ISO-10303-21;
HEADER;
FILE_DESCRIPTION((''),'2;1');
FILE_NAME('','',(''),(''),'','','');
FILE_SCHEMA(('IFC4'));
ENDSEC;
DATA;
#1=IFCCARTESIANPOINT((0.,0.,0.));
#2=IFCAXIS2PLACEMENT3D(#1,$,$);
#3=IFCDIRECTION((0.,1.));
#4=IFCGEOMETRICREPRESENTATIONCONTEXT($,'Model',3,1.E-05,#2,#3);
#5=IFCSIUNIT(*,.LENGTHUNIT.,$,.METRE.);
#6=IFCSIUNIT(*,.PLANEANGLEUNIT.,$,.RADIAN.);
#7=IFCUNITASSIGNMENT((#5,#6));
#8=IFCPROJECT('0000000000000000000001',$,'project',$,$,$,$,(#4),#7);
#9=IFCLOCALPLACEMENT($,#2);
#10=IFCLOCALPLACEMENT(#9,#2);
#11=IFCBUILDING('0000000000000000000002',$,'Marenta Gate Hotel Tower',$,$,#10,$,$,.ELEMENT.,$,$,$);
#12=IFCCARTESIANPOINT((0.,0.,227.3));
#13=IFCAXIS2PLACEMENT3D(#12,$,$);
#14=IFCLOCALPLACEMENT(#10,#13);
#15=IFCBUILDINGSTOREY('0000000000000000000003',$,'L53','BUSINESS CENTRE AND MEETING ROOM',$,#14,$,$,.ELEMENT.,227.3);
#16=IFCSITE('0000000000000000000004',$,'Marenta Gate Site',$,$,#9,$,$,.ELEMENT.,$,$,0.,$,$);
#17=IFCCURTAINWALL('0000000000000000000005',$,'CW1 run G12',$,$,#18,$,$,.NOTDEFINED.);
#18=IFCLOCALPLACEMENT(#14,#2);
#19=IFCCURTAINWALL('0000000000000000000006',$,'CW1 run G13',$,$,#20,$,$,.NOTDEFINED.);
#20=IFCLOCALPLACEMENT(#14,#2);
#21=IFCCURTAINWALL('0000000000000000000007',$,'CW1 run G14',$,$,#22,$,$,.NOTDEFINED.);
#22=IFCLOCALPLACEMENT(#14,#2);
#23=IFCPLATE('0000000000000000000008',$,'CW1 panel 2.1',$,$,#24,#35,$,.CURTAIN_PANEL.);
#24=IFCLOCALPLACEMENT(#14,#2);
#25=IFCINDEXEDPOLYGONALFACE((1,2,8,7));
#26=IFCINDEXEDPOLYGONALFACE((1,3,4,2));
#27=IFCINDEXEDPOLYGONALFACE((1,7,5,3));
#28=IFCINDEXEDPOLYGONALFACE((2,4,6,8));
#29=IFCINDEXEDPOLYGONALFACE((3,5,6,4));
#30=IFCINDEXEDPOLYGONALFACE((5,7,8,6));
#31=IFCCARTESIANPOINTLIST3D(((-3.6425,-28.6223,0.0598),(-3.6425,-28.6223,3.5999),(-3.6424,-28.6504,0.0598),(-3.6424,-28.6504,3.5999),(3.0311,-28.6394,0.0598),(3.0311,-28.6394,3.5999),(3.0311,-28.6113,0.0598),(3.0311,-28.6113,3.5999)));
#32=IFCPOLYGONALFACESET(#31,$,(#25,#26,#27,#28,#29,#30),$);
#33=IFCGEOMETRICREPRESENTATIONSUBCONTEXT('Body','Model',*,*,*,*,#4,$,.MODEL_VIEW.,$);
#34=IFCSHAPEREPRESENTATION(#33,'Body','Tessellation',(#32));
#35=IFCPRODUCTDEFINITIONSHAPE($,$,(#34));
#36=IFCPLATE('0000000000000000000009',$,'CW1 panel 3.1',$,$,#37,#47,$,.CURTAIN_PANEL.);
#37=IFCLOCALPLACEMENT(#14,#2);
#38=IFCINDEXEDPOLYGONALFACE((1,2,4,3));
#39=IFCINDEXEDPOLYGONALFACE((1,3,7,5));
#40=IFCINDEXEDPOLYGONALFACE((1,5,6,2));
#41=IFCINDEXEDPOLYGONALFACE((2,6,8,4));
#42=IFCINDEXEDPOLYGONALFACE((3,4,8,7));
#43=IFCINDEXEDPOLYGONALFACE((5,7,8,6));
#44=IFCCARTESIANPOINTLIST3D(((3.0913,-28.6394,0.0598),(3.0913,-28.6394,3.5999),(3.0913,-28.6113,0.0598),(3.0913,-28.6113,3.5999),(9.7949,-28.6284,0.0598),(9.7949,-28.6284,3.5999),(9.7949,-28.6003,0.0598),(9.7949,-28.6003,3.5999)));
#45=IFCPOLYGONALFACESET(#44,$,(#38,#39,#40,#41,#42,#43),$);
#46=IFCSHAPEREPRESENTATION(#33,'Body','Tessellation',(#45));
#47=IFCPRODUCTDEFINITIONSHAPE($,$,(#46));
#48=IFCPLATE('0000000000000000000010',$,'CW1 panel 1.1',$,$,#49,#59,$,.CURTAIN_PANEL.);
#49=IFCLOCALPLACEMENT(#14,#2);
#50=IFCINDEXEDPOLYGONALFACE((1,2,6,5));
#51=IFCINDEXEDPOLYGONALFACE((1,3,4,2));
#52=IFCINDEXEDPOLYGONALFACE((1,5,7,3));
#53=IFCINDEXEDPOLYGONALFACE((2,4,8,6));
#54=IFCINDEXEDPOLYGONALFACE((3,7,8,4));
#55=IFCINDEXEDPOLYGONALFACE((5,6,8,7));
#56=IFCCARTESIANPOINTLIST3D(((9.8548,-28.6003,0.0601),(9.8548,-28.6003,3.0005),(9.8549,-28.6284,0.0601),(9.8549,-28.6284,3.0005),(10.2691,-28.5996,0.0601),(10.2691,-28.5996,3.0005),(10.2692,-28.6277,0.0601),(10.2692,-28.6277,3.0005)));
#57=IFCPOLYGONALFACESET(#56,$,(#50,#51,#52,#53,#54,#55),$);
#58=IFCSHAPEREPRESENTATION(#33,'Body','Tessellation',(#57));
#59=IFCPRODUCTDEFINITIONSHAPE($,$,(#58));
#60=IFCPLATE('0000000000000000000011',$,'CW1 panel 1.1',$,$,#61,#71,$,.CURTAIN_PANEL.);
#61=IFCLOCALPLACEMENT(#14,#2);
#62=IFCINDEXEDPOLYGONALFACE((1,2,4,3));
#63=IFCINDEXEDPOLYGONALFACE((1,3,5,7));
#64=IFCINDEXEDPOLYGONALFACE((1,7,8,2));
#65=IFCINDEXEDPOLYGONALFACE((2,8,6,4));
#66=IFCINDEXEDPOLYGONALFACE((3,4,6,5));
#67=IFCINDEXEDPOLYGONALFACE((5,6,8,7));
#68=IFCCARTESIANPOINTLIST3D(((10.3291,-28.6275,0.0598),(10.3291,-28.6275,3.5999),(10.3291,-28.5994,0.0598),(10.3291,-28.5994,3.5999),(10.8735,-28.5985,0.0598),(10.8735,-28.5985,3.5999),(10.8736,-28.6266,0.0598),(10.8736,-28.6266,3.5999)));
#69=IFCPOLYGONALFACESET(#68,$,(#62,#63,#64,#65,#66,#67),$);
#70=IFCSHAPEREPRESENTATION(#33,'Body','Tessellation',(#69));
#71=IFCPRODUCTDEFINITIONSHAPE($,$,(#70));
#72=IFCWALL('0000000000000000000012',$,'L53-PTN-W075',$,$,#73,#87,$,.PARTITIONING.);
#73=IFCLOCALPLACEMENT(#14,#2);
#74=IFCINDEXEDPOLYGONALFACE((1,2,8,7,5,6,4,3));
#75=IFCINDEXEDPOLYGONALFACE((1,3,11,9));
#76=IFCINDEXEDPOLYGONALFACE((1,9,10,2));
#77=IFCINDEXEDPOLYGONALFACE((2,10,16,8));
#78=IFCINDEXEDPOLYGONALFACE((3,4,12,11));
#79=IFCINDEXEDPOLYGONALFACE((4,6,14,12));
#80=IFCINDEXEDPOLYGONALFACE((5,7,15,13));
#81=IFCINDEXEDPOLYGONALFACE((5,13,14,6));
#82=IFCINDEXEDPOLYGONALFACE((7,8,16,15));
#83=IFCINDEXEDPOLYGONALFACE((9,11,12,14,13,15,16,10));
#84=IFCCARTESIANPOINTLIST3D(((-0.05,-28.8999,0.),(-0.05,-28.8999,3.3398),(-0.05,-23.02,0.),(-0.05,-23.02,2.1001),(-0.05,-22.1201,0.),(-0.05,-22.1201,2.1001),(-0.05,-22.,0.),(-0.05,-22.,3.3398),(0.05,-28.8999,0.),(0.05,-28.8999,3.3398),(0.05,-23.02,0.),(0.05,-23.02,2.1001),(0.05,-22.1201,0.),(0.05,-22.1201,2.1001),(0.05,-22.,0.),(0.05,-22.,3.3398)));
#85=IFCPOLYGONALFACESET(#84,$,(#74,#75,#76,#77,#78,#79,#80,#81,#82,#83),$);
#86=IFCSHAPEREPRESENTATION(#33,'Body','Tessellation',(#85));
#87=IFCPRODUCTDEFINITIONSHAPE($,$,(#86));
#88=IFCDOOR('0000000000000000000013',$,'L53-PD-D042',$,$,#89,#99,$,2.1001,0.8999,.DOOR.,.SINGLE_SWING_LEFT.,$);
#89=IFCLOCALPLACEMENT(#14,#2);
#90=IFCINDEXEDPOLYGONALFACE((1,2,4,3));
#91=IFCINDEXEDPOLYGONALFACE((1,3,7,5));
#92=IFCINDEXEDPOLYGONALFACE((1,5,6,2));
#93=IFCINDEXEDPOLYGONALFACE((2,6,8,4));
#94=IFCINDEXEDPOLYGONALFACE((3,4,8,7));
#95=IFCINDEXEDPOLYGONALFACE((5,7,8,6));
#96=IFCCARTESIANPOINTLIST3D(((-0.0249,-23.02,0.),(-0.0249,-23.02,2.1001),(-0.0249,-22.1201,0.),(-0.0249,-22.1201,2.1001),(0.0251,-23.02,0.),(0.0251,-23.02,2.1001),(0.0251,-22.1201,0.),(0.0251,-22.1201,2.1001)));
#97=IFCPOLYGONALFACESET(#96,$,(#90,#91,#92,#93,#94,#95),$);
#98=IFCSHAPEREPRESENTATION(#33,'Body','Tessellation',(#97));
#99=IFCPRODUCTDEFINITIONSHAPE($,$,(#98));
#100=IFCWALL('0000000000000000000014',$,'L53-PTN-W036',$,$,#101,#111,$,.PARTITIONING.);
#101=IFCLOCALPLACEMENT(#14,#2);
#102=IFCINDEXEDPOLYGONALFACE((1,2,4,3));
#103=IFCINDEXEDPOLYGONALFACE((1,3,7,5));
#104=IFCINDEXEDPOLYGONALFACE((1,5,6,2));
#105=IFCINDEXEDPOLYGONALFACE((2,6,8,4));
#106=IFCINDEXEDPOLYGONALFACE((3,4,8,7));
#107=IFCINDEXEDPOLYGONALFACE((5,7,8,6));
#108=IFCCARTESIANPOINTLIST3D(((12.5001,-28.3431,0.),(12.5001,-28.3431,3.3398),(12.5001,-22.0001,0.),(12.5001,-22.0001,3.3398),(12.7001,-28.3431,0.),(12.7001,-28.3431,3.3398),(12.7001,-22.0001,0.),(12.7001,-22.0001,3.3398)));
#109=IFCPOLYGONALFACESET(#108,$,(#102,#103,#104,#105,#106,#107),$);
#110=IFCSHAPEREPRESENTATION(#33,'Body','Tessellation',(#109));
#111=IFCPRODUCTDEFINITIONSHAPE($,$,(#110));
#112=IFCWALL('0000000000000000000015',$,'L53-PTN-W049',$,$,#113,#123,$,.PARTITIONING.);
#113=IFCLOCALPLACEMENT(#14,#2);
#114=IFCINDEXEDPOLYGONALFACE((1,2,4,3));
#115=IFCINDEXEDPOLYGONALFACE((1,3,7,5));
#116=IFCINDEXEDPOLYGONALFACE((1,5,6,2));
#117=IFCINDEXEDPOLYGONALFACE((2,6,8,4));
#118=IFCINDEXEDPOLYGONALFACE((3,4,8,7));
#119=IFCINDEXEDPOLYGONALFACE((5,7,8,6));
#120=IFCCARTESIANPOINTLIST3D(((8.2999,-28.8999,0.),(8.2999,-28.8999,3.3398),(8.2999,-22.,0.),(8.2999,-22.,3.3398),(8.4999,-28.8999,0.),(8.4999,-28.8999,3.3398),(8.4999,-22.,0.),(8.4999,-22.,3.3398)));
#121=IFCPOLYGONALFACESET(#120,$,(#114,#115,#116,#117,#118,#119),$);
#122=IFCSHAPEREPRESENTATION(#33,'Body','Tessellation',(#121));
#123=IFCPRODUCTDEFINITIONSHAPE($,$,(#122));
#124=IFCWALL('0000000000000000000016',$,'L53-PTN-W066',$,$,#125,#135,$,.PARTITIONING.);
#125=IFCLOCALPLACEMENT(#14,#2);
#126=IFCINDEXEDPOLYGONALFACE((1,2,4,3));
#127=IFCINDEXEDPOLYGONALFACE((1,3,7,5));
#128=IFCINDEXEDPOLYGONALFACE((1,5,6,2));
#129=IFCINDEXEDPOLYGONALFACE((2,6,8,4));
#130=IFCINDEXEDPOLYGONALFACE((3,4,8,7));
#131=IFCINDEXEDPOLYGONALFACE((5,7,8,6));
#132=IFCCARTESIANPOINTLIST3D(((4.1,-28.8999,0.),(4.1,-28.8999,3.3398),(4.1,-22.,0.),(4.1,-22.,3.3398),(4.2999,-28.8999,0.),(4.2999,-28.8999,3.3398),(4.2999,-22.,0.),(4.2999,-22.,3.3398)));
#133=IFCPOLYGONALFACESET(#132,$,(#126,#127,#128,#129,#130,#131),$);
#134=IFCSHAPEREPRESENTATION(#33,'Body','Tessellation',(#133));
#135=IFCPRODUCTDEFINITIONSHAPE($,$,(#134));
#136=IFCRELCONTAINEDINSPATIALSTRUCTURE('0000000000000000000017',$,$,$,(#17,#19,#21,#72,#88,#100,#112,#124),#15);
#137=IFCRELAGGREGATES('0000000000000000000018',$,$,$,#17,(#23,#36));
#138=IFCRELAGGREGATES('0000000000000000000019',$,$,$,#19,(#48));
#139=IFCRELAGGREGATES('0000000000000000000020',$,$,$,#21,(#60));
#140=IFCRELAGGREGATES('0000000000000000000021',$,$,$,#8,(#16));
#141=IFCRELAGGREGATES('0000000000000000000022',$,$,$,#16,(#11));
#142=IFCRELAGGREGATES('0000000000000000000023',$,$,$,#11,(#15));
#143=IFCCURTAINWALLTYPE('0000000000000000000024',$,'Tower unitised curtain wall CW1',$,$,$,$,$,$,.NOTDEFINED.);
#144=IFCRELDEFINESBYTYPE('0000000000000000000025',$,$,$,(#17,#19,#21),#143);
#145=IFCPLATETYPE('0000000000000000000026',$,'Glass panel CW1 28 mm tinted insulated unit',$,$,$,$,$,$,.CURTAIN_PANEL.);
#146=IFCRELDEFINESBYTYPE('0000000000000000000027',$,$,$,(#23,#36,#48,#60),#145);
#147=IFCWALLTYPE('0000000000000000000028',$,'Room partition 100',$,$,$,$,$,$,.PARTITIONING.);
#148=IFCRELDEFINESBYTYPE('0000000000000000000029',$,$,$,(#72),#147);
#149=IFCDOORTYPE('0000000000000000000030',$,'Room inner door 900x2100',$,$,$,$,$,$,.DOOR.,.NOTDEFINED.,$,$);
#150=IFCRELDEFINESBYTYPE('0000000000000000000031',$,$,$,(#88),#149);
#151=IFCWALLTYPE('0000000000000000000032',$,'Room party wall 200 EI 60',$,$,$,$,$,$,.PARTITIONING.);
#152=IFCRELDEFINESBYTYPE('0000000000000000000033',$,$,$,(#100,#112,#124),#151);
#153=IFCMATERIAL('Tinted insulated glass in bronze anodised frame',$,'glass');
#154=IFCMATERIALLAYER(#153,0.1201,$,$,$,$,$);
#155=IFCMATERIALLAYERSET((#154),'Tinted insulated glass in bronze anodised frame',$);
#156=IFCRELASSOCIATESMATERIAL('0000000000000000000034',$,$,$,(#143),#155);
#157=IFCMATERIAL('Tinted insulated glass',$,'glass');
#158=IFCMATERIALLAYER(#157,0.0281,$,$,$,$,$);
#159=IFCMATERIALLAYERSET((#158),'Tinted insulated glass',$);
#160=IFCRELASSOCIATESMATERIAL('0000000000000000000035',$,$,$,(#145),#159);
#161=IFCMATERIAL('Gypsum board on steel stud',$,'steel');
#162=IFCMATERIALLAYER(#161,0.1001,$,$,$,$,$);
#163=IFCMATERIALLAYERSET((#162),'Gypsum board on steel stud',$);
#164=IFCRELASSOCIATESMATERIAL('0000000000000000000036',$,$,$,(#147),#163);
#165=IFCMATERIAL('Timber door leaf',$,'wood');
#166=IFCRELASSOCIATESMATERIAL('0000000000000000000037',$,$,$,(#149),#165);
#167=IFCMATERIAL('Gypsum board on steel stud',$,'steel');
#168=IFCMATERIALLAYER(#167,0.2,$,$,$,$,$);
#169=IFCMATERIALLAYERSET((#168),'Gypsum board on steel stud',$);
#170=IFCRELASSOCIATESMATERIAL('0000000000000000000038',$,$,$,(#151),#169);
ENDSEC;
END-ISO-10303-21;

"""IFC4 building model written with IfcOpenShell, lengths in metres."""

from ifc_helpers import new_model, si_unit, direction, frame, frame_2d, origin, origin_2d, place, context, subcontext, project, spatial, rectangle, extrude, material, layer, layer_set, type_object, element, fill, aggregate, save


model = new_model("IFC4")

# Units and contexts
model_context = context("Model", 3, precision=1e-05, world=origin(), true_north=direction((0.0, 1.0)))
body_context = subcontext(model_context, "Body", "Model", "MODEL_VIEW")
ifc_project = project(units=[si_unit("LENGTHUNIT", "METRE"), si_unit("PLANEANGLEUNIT", "RADIAN")], contexts=[model_context])

# Site, building, storey
site_placement = place(None, origin())
site = spatial("IfcSite", under=ifc_project, at=site_placement, Name="Marenta Gate Site", CompositionType="ELEMENT", RefElevation=0.0)
building_placement = place(site_placement, origin())
building = spatial("IfcBuilding", under=site, at=building_placement, Name="Marenta Gate Hotel Tower", CompositionType="ELEMENT")
storey_placement = place(building_placement, frame((0.0, 0.0, 227.3)))
storey = spatial("IfcBuildingStorey", under=building, at=storey_placement, Name="L53", Description="BUSINESS CENTRE AND MEETING ROOM", CompositionType="ELEMENT", Elevation=227.3)

# Curtain wall
ifc_material_1 = material(Name="Tinted insulated glass in bronze anodised frame", Category="glass")
ifc_layer_1 = layer(ifc_material_1, 0.1201)
ifc_layer_set_1 = layer_set([ifc_layer_1], Name="Tinted insulated glass in bronze anodised frame")
curtain_wall_type = type_object("IfcCurtainWallType", Name="Tower unitised curtain wall CW1", PredefinedType="NOTDEFINED", material=ifc_layer_set_1)
curtain_wall_1_placement = place(storey_placement, origin())
curtain_wall_1 = element("IfcCurtainWall", 1, at=curtain_wall_1_placement, inside=storey, type_object=curtain_wall_type, Name="CW1 run G12", PredefinedType="NOTDEFINED")

# Curtain walls
curtain_wall_2_placement = place(storey_placement, origin())
curtain_wall_2 = element("IfcCurtainWall", 2, at=curtain_wall_2_placement, inside=storey, type_object=curtain_wall_type, Name="CW1 run G13", PredefinedType="NOTDEFINED")
curtain_wall_3_placement = place(storey_placement, origin())
curtain_wall_3 = element("IfcCurtainWall", 3, at=curtain_wall_3_placement, inside=storey, type_object=curtain_wall_type, Name="CW1 run G14", PredefinedType="NOTDEFINED")

# Plates
ifc_material_2 = material(Name="Tinted insulated glass", Category="glass")
ifc_layer_2 = layer(ifc_material_2, 0.0281)
ifc_layer_set_2 = layer_set([ifc_layer_2], Name="Tinted insulated glass")
plate_type = type_object("IfcPlateType", Name="Glass panel CW1 28 mm tinted insulated unit", PredefinedType="CURTAIN_PANEL", material=ifc_layer_set_2)
plate_1_placement = place(storey_placement, frame((-0.3057, -28.6309, 0.0598), z_axis=(0.0, 0.0, 1.0), x_axis=(0.999999, 0.001643, 0.0)))
plate_1 = element("IfcPlate", 4, at=plate_1_placement, type_object=plate_type, Name="CW1 panel 2.1", PredefinedType="CURTAIN_PANEL", context=body_context, shape_type="SweptSolid", body=[
    extrude(rectangle(XDim=6.6736, YDim=0.0281, at=origin_2d()), origin(), (0.0, 0.0, 1.0), 3.54),
])
plate_2_placement = place(storey_placement, frame((6.4431, -28.6199, 0.0598), z_axis=(0.0, 0.0, 1.0), x_axis=(0.999999, 0.001643, 0.0)))
plate_2 = element("IfcPlate", 5, at=plate_2_placement, type_object=plate_type, Name="CW1 panel 3.1", PredefinedType="CURTAIN_PANEL", context=body_context, shape_type="SweptSolid", body=[
    extrude(rectangle(XDim=6.7036, YDim=0.0281, at=origin_2d()), origin(), (0.0, 0.0, 1.0), 3.54),
])
aggregate(curtain_wall_1, [plate_1, plate_2])
plate_3_placement = place(storey_placement, frame((10.062, -28.614, 0.0601), z_axis=(0.0, 0.0, 1.0), x_axis=(0.999999, 0.001687, 0.0)))
plate_3 = element("IfcPlate", 6, at=plate_3_placement, type_object=plate_type, Name="CW1 panel 1.1", PredefinedType="CURTAIN_PANEL", context=body_context, shape_type="SweptSolid", body=[
    extrude(rectangle(XDim=0.4143, YDim=0.0281, at=origin_2d()), origin(), (0.0, 0.0, 1.0), 2.9404),
])
aggregate(curtain_wall_2, [plate_3])
plate_4_placement = place(storey_placement, frame((10.6013, -28.613, 0.0598), z_axis=(0.0, 0.0, 1.0), x_axis=(0.999999, 0.001654, 0.0)))
plate_4 = element("IfcPlate", 7, at=plate_4_placement, type_object=plate_type, Name="CW1 panel 1.1", PredefinedType="CURTAIN_PANEL", context=body_context, shape_type="SweptSolid", body=[
    extrude(rectangle(XDim=0.5444, YDim=0.0281, at=origin_2d()), origin(), (0.0, 0.0, 1.0), 3.54),
])
aggregate(curtain_wall_3, [plate_4])

# Wall, opening, door
ifc_material_3 = material(Name="Gypsum board on steel stud", Category="steel")
ifc_layer_3 = layer(ifc_material_3, 0.1001)
ifc_layer_set_3 = layer_set([ifc_layer_3], Name="Gypsum board on steel stud")
wall_type_1 = type_object("IfcWallType", Name="Room partition 100", PredefinedType="PARTITIONING", material=ifc_layer_set_3)
wall_1_placement = place(storey_placement, frame((0.0, -28.8999, 0.0), z_axis=(0.0, 0.0, 1.0), x_axis=(0.0, 1.0, 0.0)))
wall_1 = element("IfcWall", 8, at=wall_1_placement, inside=storey, type_object=wall_type_1, Name="L53-PTN-W075", PredefinedType="PARTITIONING", context=body_context, shape_type="SweptSolid", body=[
    extrude(rectangle(XDim=6.8999, YDim=0.1001, at=frame_2d((3.45, 0.0))), origin(), (0.0, 0.0, 1.0), 3.3398),
])
opening_placement = place(wall_1_placement, frame((5.8799, 0.0, 0.0)))
opening = element("IfcOpeningElement", 9, at=opening_placement, cuts=wall_1, PredefinedType="OPENING", context=body_context, shape_type="SweptSolid", body=[
    extrude(rectangle(XDim=0.8999, YDim=2.1001, at=frame_2d((0.45, 1.05))), frame((0.0, 0.05, 0.0), z_axis=(0.0, -1.0, 0.0), x_axis=(1.0, 0.0, 0.0)), (0.0, 0.0, 1.0), 0.1001),
])
ifc_material_4 = material(Name="Timber door leaf", Category="wood")
door_type = type_object("IfcDoorType", Name="Room inner door 900x2100", OperationType="NOTDEFINED", PredefinedType="DOOR", material=ifc_material_4)
door_placement = place(opening_placement, origin())
door = element("IfcDoor", 10, at=door_placement, inside=storey, type_object=door_type, Name="L53-PD-D042", OperationType="SINGLE_SWING_LEFT", OverallHeight=2.1001, OverallWidth=0.8999, PredefinedType="DOOR", context=body_context, shape_type="SweptSolid", body=[
    extrude(rectangle(XDim=0.8999, YDim=2.1001, at=frame_2d((0.45, 1.05))), frame((0.0, 0.0249, 0.0), z_axis=(0.0, -1.0, 0.0), x_axis=(1.0, 0.0, 0.0)), (0.0, 0.0, 1.0), 0.05),
])
fill(opening, door)

# Walls
ifc_material_5 = material(Name="Gypsum board on steel stud", Category="steel")
ifc_layer_4 = layer(ifc_material_5, 0.2)
ifc_layer_set_4 = layer_set([ifc_layer_4], Name="Gypsum board on steel stud")
wall_type_2 = type_object("IfcWallType", Name="Room party wall 200 EI 60", PredefinedType="PARTITIONING", material=ifc_layer_set_4)
wall_2_placement = place(storey_placement, frame((12.6001, -28.343, 0.0), z_axis=(0.0, 0.0, 1.0), x_axis=(0.0, 1.0, 0.0)))
element("IfcWall", 11, at=wall_2_placement, inside=storey, type_object=wall_type_2, Name="L53-PTN-W036", PredefinedType="PARTITIONING", context=body_context, shape_type="SweptSolid", body=[
    extrude(rectangle(XDim=6.343, YDim=0.2, at=frame_2d((3.1714, 0.0))), origin(), (0.0, 0.0, 1.0), 3.3398),
])
for number, where, z_axis, x_axis, name in (
    (12, (8.3999, -28.8999, 0.0), (0.0, 0.0, 1.0), (0.0, 1.0, 0.0), "L53-PTN-W049"),
    (13, (4.2, -28.8999, 0.0), (0.0, 0.0, 1.0), (0.0, 1.0, 0.0), "L53-PTN-W066"),
):
    element("IfcWall", number, at=place(storey_placement, frame(where, z_axis=z_axis, x_axis=x_axis)), inside=storey, type_object=wall_type_2, Name=name, PredefinedType="PARTITIONING", context=body_context, shape_type="SweptSolid", body=[
        extrude(rectangle(XDim=6.8999, YDim=0.2, at=frame_2d((3.45, 0.0))), origin(), (0.0, 0.0, 1.0), 3.3398),
    ])

save(model, "model.ifc")
